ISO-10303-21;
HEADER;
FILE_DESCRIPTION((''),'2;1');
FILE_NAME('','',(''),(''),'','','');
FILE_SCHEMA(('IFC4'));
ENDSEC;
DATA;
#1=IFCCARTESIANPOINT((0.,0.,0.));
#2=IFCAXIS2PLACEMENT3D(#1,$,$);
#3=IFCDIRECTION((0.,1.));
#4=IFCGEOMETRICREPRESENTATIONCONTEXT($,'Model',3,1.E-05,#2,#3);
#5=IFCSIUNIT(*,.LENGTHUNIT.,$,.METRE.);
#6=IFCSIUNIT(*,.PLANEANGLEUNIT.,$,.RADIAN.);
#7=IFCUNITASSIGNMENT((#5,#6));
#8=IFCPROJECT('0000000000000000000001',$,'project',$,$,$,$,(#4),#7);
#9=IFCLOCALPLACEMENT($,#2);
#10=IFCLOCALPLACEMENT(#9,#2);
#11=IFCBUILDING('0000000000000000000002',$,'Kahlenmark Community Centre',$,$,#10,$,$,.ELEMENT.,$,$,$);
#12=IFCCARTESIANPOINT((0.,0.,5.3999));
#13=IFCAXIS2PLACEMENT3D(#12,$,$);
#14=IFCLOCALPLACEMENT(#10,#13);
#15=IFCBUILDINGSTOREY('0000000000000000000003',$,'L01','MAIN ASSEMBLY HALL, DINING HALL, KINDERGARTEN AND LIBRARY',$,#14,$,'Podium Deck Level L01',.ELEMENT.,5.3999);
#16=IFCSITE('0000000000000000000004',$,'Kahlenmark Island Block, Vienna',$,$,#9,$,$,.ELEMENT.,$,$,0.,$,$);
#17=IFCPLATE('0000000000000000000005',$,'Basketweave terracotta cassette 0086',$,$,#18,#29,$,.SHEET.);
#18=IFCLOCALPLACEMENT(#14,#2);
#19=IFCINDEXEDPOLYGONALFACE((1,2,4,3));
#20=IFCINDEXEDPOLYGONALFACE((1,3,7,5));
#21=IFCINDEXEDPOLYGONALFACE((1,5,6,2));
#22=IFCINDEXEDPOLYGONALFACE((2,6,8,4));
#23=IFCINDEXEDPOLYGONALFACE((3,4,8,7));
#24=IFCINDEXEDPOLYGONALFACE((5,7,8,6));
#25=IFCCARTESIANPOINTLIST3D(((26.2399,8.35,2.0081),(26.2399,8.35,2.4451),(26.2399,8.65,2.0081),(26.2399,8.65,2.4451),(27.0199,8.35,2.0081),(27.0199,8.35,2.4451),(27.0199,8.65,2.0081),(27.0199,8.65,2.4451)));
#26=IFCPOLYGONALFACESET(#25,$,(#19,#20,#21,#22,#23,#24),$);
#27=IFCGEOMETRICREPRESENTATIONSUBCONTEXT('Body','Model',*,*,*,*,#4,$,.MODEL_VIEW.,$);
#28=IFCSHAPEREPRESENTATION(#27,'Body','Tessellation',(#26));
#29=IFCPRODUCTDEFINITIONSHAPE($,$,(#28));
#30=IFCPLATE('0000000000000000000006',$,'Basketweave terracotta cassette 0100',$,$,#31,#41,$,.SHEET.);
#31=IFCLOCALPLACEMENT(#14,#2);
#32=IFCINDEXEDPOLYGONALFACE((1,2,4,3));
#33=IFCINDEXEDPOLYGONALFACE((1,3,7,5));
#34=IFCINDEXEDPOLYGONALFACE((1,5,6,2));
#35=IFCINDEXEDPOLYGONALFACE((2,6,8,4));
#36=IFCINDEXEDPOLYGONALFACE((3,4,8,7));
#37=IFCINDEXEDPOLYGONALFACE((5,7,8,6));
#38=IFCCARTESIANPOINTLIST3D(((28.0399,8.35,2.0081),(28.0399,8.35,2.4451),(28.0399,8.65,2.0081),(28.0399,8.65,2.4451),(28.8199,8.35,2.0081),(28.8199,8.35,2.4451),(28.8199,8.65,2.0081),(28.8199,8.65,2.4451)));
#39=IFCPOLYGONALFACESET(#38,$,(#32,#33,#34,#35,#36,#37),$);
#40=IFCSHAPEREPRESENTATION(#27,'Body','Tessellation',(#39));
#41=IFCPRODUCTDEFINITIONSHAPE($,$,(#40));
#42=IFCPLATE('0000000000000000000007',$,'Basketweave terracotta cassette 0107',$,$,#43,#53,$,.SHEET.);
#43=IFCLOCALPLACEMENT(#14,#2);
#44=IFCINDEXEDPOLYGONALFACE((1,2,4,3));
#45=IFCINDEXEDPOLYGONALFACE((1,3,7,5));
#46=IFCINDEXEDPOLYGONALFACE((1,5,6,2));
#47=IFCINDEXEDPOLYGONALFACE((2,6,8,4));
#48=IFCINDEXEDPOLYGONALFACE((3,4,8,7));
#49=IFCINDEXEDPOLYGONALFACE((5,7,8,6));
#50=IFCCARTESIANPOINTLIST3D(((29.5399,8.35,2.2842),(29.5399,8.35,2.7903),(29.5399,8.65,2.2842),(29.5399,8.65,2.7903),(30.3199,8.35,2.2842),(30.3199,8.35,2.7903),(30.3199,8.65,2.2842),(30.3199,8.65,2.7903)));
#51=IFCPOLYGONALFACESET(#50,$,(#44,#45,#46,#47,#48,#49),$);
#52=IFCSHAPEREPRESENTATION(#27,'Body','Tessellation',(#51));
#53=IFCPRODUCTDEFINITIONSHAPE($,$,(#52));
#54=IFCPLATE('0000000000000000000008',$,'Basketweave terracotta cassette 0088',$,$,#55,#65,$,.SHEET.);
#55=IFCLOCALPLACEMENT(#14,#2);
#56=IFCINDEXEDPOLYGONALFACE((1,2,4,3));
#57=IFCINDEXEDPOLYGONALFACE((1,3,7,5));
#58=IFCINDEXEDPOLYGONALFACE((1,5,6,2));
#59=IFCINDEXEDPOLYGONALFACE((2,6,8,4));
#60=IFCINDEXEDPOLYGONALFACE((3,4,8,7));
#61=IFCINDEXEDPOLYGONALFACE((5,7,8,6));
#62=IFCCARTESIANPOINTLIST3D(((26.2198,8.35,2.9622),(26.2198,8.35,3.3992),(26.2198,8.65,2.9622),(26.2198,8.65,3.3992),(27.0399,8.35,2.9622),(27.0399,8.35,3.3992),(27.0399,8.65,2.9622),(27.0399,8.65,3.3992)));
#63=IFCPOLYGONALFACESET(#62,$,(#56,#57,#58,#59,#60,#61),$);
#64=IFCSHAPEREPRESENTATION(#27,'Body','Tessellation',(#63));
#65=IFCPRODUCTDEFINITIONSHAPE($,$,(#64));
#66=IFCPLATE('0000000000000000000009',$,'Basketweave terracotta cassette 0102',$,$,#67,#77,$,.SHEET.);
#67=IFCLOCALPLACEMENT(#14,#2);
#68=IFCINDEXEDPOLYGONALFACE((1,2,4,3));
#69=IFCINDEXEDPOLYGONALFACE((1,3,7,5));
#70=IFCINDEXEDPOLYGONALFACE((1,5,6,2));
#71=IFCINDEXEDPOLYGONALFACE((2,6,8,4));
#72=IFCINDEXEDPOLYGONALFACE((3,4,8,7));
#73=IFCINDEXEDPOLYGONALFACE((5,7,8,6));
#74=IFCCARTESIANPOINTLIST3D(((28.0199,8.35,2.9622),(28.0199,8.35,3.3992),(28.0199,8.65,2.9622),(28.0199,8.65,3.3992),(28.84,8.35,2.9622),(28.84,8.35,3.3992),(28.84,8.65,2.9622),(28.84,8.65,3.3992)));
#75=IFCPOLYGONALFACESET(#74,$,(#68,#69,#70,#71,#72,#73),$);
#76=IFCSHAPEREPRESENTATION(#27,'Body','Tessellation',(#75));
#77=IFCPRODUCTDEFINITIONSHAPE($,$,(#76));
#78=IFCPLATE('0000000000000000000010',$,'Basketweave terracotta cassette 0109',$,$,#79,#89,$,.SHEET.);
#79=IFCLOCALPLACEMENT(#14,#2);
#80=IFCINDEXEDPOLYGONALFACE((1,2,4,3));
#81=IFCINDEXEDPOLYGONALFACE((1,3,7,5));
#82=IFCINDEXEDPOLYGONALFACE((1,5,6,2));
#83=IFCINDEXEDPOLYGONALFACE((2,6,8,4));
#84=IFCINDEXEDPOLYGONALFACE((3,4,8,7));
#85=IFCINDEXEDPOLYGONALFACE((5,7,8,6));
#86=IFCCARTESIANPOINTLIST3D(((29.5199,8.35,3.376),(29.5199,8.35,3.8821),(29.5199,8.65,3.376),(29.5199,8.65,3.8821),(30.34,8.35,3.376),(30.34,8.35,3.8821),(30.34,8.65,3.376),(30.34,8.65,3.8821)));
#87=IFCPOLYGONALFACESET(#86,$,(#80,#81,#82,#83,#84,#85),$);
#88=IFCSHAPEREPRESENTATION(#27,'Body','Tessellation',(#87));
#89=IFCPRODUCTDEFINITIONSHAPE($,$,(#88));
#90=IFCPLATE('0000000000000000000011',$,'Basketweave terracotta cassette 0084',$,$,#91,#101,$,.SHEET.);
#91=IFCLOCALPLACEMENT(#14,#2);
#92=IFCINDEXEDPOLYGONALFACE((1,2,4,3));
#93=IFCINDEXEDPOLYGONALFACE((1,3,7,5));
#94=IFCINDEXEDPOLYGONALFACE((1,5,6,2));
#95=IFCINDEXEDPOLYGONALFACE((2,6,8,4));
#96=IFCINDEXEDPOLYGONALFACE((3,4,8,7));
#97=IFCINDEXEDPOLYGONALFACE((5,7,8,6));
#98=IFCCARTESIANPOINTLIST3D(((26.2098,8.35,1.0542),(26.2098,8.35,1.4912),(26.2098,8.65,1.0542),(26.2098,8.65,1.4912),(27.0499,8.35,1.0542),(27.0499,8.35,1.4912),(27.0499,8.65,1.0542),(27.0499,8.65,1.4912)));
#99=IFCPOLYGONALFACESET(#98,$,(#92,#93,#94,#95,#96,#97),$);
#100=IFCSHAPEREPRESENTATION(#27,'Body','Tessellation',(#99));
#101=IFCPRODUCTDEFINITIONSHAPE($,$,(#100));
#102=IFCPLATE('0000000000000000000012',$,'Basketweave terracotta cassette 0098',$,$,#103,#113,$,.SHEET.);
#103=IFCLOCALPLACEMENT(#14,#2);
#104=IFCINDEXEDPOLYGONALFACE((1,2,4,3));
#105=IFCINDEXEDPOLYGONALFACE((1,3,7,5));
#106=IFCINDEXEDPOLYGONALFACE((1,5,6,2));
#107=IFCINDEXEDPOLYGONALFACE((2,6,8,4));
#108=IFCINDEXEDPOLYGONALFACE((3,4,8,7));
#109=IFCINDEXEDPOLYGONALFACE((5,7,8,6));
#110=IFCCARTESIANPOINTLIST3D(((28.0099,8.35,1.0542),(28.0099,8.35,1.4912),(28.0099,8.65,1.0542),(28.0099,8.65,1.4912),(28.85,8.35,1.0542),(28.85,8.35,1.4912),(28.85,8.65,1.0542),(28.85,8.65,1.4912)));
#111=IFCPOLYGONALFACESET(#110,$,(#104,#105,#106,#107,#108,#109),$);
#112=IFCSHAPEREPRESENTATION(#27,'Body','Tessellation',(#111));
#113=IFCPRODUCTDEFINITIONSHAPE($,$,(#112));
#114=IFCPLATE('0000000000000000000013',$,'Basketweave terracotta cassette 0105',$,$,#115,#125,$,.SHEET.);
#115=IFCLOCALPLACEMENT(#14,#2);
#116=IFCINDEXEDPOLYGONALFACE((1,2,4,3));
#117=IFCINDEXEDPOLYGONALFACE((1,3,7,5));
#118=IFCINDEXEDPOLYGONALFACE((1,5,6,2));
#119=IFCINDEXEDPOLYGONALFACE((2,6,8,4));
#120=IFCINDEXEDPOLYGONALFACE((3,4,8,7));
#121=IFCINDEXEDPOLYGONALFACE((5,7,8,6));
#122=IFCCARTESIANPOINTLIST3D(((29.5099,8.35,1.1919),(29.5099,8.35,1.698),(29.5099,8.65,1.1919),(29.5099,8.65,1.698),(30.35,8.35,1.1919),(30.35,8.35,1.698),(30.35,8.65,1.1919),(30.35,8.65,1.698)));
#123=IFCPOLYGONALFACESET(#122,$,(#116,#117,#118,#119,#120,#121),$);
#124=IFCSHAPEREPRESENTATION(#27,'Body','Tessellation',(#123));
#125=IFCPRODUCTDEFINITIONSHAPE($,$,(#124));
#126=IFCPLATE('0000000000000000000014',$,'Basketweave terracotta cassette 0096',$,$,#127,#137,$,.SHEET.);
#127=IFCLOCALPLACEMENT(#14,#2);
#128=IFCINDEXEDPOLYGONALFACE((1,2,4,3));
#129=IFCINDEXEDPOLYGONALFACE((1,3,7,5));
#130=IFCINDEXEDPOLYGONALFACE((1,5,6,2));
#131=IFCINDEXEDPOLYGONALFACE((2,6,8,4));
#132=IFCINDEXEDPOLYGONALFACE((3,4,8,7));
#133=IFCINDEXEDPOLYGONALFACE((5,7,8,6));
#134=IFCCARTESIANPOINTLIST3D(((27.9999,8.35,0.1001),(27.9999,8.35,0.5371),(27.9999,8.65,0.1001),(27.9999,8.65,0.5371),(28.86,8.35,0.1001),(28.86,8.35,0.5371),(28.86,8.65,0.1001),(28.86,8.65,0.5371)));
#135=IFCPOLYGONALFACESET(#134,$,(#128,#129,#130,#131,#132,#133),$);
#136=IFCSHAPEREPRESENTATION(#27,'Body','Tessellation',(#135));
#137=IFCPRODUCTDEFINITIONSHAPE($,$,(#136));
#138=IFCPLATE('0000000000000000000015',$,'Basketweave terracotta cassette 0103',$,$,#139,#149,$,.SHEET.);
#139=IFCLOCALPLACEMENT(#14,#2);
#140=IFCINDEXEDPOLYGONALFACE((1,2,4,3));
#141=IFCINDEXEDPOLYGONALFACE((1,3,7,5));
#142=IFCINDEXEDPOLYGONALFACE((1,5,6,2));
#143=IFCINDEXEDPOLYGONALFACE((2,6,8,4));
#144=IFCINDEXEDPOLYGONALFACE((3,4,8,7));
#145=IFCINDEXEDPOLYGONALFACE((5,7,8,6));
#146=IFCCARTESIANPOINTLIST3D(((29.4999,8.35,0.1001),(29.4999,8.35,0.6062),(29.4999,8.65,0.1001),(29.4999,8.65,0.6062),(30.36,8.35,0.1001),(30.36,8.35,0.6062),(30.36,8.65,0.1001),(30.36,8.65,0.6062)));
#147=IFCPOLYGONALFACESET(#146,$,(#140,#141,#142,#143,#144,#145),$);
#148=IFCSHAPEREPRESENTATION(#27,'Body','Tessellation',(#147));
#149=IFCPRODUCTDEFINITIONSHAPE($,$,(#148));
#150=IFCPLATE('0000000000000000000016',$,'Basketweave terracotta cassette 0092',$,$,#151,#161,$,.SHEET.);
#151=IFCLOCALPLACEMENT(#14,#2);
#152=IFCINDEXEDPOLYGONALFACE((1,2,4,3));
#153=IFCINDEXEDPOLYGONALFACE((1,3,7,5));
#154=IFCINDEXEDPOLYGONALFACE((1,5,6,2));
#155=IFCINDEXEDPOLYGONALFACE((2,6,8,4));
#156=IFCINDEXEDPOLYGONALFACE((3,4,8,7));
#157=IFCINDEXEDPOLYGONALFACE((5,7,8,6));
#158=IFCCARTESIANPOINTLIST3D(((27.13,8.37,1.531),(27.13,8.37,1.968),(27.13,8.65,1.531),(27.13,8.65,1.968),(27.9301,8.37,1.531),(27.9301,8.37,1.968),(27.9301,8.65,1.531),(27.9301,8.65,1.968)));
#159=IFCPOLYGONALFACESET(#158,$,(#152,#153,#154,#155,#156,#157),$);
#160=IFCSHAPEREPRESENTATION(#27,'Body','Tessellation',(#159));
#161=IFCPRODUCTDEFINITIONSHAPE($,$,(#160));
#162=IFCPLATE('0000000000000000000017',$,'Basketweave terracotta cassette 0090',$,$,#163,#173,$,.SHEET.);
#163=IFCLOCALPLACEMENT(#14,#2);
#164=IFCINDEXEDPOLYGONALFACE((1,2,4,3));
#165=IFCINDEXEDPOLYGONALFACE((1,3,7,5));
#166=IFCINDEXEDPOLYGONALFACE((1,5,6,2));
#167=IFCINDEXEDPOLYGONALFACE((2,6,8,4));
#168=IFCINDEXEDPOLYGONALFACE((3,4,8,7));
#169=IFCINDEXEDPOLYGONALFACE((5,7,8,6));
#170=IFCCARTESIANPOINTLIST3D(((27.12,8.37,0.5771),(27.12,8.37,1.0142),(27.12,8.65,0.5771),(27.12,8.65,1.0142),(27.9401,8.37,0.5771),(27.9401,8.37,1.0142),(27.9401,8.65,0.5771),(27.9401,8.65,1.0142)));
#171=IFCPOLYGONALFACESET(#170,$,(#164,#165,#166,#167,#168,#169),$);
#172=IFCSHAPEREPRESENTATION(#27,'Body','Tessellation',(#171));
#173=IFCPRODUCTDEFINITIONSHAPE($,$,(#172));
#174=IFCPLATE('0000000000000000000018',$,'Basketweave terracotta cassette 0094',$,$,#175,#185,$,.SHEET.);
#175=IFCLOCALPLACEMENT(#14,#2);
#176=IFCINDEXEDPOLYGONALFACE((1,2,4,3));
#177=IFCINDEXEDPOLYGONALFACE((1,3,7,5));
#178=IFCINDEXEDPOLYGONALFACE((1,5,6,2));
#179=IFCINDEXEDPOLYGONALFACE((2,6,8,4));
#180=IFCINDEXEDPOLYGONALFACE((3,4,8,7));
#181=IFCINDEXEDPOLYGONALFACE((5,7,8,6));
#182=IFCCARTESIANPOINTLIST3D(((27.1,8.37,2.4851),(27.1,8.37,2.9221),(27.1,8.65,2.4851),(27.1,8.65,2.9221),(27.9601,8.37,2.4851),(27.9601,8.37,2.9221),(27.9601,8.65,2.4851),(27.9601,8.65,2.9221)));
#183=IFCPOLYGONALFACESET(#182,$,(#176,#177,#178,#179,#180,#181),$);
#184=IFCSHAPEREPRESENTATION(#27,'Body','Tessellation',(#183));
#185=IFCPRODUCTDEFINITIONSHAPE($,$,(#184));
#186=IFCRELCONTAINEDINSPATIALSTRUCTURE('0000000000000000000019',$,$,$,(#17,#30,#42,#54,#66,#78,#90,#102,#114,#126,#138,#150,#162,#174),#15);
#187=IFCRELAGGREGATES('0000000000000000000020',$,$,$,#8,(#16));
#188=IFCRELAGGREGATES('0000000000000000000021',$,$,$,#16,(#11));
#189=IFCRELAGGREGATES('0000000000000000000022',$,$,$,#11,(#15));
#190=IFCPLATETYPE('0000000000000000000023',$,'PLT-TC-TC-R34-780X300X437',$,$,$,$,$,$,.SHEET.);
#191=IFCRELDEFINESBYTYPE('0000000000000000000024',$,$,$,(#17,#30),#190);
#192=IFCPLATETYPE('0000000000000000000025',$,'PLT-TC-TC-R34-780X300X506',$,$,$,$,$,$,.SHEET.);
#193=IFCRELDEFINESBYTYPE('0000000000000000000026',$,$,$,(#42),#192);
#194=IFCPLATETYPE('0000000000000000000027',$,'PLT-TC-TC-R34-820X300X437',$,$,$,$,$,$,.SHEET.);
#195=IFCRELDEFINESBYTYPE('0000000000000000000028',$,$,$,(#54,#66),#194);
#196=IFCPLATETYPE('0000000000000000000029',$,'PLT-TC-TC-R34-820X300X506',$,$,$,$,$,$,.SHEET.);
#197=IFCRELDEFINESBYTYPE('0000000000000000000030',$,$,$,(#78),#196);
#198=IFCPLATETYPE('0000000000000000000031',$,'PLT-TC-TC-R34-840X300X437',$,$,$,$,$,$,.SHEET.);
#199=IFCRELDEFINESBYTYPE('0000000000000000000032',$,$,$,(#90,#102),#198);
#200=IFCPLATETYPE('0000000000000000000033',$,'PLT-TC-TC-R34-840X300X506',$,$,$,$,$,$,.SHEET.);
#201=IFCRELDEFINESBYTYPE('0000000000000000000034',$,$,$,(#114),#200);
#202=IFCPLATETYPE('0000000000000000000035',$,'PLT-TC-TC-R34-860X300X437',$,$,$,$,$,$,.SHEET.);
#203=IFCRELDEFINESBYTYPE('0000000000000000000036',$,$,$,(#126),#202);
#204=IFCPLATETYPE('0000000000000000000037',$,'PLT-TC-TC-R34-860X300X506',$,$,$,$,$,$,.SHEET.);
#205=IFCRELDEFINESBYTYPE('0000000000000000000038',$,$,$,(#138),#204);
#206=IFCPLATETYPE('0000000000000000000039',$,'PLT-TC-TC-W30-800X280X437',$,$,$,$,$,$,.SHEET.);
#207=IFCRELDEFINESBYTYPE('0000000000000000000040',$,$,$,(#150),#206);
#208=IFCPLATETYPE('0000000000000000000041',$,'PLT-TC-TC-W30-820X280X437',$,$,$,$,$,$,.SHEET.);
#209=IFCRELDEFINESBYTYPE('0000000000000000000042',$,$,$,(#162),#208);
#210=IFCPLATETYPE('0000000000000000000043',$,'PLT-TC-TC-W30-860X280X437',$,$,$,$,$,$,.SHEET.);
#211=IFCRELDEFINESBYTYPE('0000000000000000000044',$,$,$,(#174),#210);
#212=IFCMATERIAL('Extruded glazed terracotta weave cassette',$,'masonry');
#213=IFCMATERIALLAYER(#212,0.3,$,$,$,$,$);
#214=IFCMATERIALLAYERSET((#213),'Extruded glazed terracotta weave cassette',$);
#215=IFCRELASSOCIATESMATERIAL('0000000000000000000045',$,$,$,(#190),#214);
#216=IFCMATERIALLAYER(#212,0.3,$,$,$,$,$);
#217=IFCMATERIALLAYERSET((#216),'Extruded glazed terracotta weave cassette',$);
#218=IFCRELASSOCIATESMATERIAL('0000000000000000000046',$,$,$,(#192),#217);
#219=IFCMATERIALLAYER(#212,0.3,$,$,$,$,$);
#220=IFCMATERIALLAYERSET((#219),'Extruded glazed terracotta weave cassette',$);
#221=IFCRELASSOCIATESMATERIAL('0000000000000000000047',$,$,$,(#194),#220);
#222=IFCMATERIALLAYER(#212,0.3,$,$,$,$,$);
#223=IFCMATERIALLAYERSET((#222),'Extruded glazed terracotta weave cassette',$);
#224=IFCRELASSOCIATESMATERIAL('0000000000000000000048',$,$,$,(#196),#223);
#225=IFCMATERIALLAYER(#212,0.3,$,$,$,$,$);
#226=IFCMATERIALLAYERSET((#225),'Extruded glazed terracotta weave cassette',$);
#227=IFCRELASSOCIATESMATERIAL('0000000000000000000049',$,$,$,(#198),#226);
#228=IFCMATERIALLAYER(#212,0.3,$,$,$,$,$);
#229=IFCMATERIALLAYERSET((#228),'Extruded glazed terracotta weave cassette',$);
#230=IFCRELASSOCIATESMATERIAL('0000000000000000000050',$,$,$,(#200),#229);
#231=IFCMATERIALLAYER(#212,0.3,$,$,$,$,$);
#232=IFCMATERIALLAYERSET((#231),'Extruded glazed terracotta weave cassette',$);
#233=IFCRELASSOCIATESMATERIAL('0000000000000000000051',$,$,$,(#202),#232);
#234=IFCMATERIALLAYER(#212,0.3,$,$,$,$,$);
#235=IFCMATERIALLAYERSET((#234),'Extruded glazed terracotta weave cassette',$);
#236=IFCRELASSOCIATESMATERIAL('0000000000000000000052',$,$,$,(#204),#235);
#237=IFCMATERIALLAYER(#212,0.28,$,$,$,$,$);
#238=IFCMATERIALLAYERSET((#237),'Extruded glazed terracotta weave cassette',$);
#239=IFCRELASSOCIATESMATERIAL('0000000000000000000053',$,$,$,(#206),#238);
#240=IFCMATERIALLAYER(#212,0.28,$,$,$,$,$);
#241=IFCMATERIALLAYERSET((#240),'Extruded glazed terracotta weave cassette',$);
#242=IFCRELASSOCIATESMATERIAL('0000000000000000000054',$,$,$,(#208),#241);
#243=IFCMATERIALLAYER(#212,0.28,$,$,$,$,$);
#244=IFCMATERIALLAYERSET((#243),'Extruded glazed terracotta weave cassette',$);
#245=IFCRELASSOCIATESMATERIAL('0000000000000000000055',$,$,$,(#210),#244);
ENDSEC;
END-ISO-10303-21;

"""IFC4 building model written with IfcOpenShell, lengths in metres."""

from ifc_helpers import new_model, si_unit, direction, frame, origin, origin_2d, place, context, subcontext, project, spatial, rectangle, extrude, material, layer, layer_set, type_object, element, save


model = new_model("IFC4")

# Units and contexts
model_context = context("Model", 3, precision=1e-05, world=origin(), true_north=direction((0.0, 1.0)))
body_context = subcontext(model_context, "Body", "Model", "MODEL_VIEW")
ifc_project = project(units=[si_unit("LENGTHUNIT", "METRE"), si_unit("PLANEANGLEUNIT", "RADIAN")], contexts=[model_context])

# Site, building, storey
site_placement = place(None, origin())
site = spatial("IfcSite", under=ifc_project, at=site_placement, Name="Kahlenmark Island Block, Vienna", CompositionType="ELEMENT", RefElevation=0.0)
building_placement = place(site_placement, origin())
building = spatial("IfcBuilding", under=site, at=building_placement, Name="Kahlenmark Community Centre", CompositionType="ELEMENT")
storey_placement = place(building_placement, frame((0.0, 0.0, 5.3999)))
storey = spatial("IfcBuildingStorey", under=building, at=storey_placement, Name="L01", Description="MAIN ASSEMBLY HALL, DINING HALL, KINDERGARTEN AND LIBRARY", LongName="Podium Deck Level L01", CompositionType="ELEMENT", Elevation=5.3999)

# Plates
ifc_material_1 = material(Name="Extruded glazed terracotta weave cassette", Category="masonry")
ifc_layer_1 = layer(ifc_material_1, 0.3)
ifc_layer_set_1 = layer_set([ifc_layer_1], Name="Extruded glazed terracotta weave cassette")
plate_type_1 = type_object("IfcPlateType", Name="PLT-TC-TC-R34-780X300X437", PredefinedType="SHEET", material=ifc_layer_set_1)
for number, where, z_axis, x_axis, name in (
    (1, (26.6299, 8.5, 2.0081), (0.0, 0.0, 1.0), (1.0, 0.0, 0.0), "Basketweave terracotta cassette 0086"),
    (2, (28.4299, 8.5, 2.0081), (0.0, 0.0, 1.0), (1.0, 0.0, 0.0), "Basketweave terracotta cassette 0100"),
):
    element("IfcPlate", number, at=place(storey_placement, frame(where, z_axis=z_axis, x_axis=x_axis)), inside=storey, type_object=plate_type_1, Name=name, PredefinedType="SHEET", context=body_context, shape_type="SweptSolid", body=[
        extrude(rectangle(XDim=0.78, YDim=0.3, at=origin_2d()), origin(), (0.0, 0.0, 1.0), 0.437),
    ])
ifc_layer_2 = layer(ifc_material_1, 0.3)
ifc_layer_set_2 = layer_set([ifc_layer_2], Name="Extruded glazed terracotta weave cassette")
plate_type_2 = type_object("IfcPlateType", Name="PLT-TC-TC-R34-780X300X506", PredefinedType="SHEET", material=ifc_layer_set_2)
plate_1_placement = place(storey_placement, frame((29.9299, 8.5, 2.2842), z_axis=(0.0, 0.0, 1.0), x_axis=(1.0, 0.0, 0.0)))
element("IfcPlate", 3, at=plate_1_placement, inside=storey, type_object=plate_type_2, Name="Basketweave terracotta cassette 0107", PredefinedType="SHEET", context=body_context, shape_type="SweptSolid", body=[
    extrude(rectangle(XDim=0.78, YDim=0.3, at=origin_2d()), origin(), (0.0, 0.0, 1.0), 0.5061),
])
ifc_layer_3 = layer(ifc_material_1, 0.3)
ifc_layer_set_3 = layer_set([ifc_layer_3], Name="Extruded glazed terracotta weave cassette")
plate_type_3 = type_object("IfcPlateType", Name="PLT-TC-TC-R34-820X300X437", PredefinedType="SHEET", material=ifc_layer_set_3)
for number, where, z_axis, x_axis, name in (
    (4, (26.6299, 8.5, 2.9622), (0.0, 0.0, 1.0), (1.0, 0.0, 0.0), "Basketweave terracotta cassette 0088"),
    (5, (28.4299, 8.5, 2.9622), (0.0, 0.0, 1.0), (1.0, 0.0, 0.0), "Basketweave terracotta cassette 0102"),
):
    element("IfcPlate", number, at=place(storey_placement, frame(where, z_axis=z_axis, x_axis=x_axis)), inside=storey, type_object=plate_type_3, Name=name, PredefinedType="SHEET", context=body_context, shape_type="SweptSolid", body=[
        extrude(rectangle(XDim=0.8201, YDim=0.3, at=origin_2d()), origin(), (0.0, 0.0, 1.0), 0.437),
    ])
ifc_layer_4 = layer(ifc_material_1, 0.3)
ifc_layer_set_4 = layer_set([ifc_layer_4], Name="Extruded glazed terracotta weave cassette")
plate_type_4 = type_object("IfcPlateType", Name="PLT-TC-TC-R34-820X300X506", PredefinedType="SHEET", material=ifc_layer_set_4)
plate_2_placement = place(storey_placement, frame((29.9299, 8.5, 3.376), z_axis=(0.0, 0.0, 1.0), x_axis=(1.0, 0.0, 0.0)))
element("IfcPlate", 6, at=plate_2_placement, inside=storey, type_object=plate_type_4, Name="Basketweave terracotta cassette 0109", PredefinedType="SHEET", context=body_context, shape_type="SweptSolid", body=[
    extrude(rectangle(XDim=0.8201, YDim=0.3, at=origin_2d()), origin(), (0.0, 0.0, 1.0), 0.5061),
])
ifc_layer_5 = layer(ifc_material_1, 0.3)
ifc_layer_set_5 = layer_set([ifc_layer_5], Name="Extruded glazed terracotta weave cassette")
plate_type_5 = type_object("IfcPlateType", Name="PLT-TC-TC-R34-840X300X437", PredefinedType="SHEET", material=ifc_layer_set_5)
for number, where, z_axis, x_axis, name in (
    (7, (26.6299, 8.5, 1.0542), (0.0, 0.0, 1.0), (1.0, 0.0, 0.0), "Basketweave terracotta cassette 0084"),
    (8, (28.4299, 8.5, 1.0542), (0.0, 0.0, 1.0), (1.0, 0.0, 0.0), "Basketweave terracotta cassette 0098"),
):
    element("IfcPlate", number, at=place(storey_placement, frame(where, z_axis=z_axis, x_axis=x_axis)), inside=storey, type_object=plate_type_5, Name=name, PredefinedType="SHEET", context=body_context, shape_type="SweptSolid", body=[
        extrude(rectangle(XDim=0.8401, YDim=0.3, at=origin_2d()), origin(), (0.0, 0.0, 1.0), 0.437),
    ])
ifc_layer_6 = layer(ifc_material_1, 0.3)
ifc_layer_set_6 = layer_set([ifc_layer_6], Name="Extruded glazed terracotta weave cassette")
plate_type_6 = type_object("IfcPlateType", Name="PLT-TC-TC-R34-840X300X506", PredefinedType="SHEET", material=ifc_layer_set_6)
plate_3_placement = place(storey_placement, frame((29.9299, 8.5, 1.1919), z_axis=(0.0, 0.0, 1.0), x_axis=(1.0, 0.0, 0.0)))
element("IfcPlate", 9, at=plate_3_placement, inside=storey, type_object=plate_type_6, Name="Basketweave terracotta cassette 0105", PredefinedType="SHEET", context=body_context, shape_type="SweptSolid", body=[
    extrude(rectangle(XDim=0.8401, YDim=0.3, at=origin_2d()), origin(), (0.0, 0.0, 1.0), 0.5061),
])
ifc_layer_7 = layer(ifc_material_1, 0.3)
ifc_layer_set_7 = layer_set([ifc_layer_7], Name="Extruded glazed terracotta weave cassette")
plate_type_7 = type_object("IfcPlateType", Name="PLT-TC-TC-R34-860X300X437", PredefinedType="SHEET", material=ifc_layer_set_7)
plate_4_placement = place(storey_placement, frame((28.4299, 8.5, 0.1001), z_axis=(0.0, 0.0, 1.0), x_axis=(1.0, 0.0, 0.0)))
element("IfcPlate", 10, at=plate_4_placement, inside=storey, type_object=plate_type_7, Name="Basketweave terracotta cassette 0096", PredefinedType="SHEET", context=body_context, shape_type="SweptSolid", body=[
    extrude(rectangle(XDim=0.8601, YDim=0.3, at=origin_2d()), origin(), (0.0, 0.0, 1.0), 0.437),
])
ifc_layer_8 = layer(ifc_material_1, 0.3)
ifc_layer_set_8 = layer_set([ifc_layer_8], Name="Extruded glazed terracotta weave cassette")
plate_type_8 = type_object("IfcPlateType", Name="PLT-TC-TC-R34-860X300X506", PredefinedType="SHEET", material=ifc_layer_set_8)
plate_5_placement = place(storey_placement, frame((29.9299, 8.5, 0.1001), z_axis=(0.0, 0.0, 1.0), x_axis=(1.0, 0.0, 0.0)))
element("IfcPlate", 11, at=plate_5_placement, inside=storey, type_object=plate_type_8, Name="Basketweave terracotta cassette 0103", PredefinedType="SHEET", context=body_context, shape_type="SweptSolid", body=[
    extrude(rectangle(XDim=0.8601, YDim=0.3, at=origin_2d()), origin(), (0.0, 0.0, 1.0), 0.5061),
])
ifc_layer_9 = layer(ifc_material_1, 0.28)
ifc_layer_set_9 = layer_set([ifc_layer_9], Name="Extruded glazed terracotta weave cassette")
plate_type_9 = type_object("IfcPlateType", Name="PLT-TC-TC-W30-800X280X437", PredefinedType="SHEET", material=ifc_layer_set_9)
plate_6_placement = place(storey_placement, frame((27.53, 8.51, 1.531), z_axis=(0.0, 0.0, 1.0), x_axis=(1.0, 0.0, 0.0)))
element("IfcPlate", 12, at=plate_6_placement, inside=storey, type_object=plate_type_9, Name="Basketweave terracotta cassette 0092", PredefinedType="SHEET", context=body_context, shape_type="SweptSolid", body=[
    extrude(rectangle(XDim=0.8, YDim=0.28, at=origin_2d()), origin(), (0.0, 0.0, 1.0), 0.437),
])
ifc_layer_10 = layer(ifc_material_1, 0.28)
ifc_layer_set_10 = layer_set([ifc_layer_10], Name="Extruded glazed terracotta weave cassette")
plate_type_10 = type_object("IfcPlateType", Name="PLT-TC-TC-W30-820X280X437", PredefinedType="SHEET", material=ifc_layer_set_10)
plate_7_placement = place(storey_placement, frame((27.53, 8.51, 0.5771), z_axis=(0.0, 0.0, 1.0), x_axis=(1.0, 0.0, 0.0)))
element("IfcPlate", 13, at=plate_7_placement, inside=storey, type_object=plate_type_10, Name="Basketweave terracotta cassette 0090", PredefinedType="SHEET", context=body_context, shape_type="SweptSolid", body=[
    extrude(rectangle(XDim=0.8201, YDim=0.28, at=origin_2d()), origin(), (0.0, 0.0, 1.0), 0.437),
])
ifc_layer_11 = layer(ifc_material_1, 0.28)
ifc_layer_set_11 = layer_set([ifc_layer_11], Name="Extruded glazed terracotta weave cassette")
plate_type_11 = type_object("IfcPlateType", Name="PLT-TC-TC-W30-860X280X437", PredefinedType="SHEET", material=ifc_layer_set_11)
plate_8_placement = place(storey_placement, frame((27.53, 8.51, 2.4851), z_axis=(0.0, 0.0, 1.0), x_axis=(1.0, 0.0, 0.0)))
element("IfcPlate", 14, at=plate_8_placement, inside=storey, type_object=plate_type_11, Name="Basketweave terracotta cassette 0094", PredefinedType="SHEET", context=body_context, shape_type="SweptSolid", body=[
    extrude(rectangle(XDim=0.8601, YDim=0.28, at=origin_2d()), origin(), (0.0, 0.0, 1.0), 0.437),
])

save(model, "model.ifc")
